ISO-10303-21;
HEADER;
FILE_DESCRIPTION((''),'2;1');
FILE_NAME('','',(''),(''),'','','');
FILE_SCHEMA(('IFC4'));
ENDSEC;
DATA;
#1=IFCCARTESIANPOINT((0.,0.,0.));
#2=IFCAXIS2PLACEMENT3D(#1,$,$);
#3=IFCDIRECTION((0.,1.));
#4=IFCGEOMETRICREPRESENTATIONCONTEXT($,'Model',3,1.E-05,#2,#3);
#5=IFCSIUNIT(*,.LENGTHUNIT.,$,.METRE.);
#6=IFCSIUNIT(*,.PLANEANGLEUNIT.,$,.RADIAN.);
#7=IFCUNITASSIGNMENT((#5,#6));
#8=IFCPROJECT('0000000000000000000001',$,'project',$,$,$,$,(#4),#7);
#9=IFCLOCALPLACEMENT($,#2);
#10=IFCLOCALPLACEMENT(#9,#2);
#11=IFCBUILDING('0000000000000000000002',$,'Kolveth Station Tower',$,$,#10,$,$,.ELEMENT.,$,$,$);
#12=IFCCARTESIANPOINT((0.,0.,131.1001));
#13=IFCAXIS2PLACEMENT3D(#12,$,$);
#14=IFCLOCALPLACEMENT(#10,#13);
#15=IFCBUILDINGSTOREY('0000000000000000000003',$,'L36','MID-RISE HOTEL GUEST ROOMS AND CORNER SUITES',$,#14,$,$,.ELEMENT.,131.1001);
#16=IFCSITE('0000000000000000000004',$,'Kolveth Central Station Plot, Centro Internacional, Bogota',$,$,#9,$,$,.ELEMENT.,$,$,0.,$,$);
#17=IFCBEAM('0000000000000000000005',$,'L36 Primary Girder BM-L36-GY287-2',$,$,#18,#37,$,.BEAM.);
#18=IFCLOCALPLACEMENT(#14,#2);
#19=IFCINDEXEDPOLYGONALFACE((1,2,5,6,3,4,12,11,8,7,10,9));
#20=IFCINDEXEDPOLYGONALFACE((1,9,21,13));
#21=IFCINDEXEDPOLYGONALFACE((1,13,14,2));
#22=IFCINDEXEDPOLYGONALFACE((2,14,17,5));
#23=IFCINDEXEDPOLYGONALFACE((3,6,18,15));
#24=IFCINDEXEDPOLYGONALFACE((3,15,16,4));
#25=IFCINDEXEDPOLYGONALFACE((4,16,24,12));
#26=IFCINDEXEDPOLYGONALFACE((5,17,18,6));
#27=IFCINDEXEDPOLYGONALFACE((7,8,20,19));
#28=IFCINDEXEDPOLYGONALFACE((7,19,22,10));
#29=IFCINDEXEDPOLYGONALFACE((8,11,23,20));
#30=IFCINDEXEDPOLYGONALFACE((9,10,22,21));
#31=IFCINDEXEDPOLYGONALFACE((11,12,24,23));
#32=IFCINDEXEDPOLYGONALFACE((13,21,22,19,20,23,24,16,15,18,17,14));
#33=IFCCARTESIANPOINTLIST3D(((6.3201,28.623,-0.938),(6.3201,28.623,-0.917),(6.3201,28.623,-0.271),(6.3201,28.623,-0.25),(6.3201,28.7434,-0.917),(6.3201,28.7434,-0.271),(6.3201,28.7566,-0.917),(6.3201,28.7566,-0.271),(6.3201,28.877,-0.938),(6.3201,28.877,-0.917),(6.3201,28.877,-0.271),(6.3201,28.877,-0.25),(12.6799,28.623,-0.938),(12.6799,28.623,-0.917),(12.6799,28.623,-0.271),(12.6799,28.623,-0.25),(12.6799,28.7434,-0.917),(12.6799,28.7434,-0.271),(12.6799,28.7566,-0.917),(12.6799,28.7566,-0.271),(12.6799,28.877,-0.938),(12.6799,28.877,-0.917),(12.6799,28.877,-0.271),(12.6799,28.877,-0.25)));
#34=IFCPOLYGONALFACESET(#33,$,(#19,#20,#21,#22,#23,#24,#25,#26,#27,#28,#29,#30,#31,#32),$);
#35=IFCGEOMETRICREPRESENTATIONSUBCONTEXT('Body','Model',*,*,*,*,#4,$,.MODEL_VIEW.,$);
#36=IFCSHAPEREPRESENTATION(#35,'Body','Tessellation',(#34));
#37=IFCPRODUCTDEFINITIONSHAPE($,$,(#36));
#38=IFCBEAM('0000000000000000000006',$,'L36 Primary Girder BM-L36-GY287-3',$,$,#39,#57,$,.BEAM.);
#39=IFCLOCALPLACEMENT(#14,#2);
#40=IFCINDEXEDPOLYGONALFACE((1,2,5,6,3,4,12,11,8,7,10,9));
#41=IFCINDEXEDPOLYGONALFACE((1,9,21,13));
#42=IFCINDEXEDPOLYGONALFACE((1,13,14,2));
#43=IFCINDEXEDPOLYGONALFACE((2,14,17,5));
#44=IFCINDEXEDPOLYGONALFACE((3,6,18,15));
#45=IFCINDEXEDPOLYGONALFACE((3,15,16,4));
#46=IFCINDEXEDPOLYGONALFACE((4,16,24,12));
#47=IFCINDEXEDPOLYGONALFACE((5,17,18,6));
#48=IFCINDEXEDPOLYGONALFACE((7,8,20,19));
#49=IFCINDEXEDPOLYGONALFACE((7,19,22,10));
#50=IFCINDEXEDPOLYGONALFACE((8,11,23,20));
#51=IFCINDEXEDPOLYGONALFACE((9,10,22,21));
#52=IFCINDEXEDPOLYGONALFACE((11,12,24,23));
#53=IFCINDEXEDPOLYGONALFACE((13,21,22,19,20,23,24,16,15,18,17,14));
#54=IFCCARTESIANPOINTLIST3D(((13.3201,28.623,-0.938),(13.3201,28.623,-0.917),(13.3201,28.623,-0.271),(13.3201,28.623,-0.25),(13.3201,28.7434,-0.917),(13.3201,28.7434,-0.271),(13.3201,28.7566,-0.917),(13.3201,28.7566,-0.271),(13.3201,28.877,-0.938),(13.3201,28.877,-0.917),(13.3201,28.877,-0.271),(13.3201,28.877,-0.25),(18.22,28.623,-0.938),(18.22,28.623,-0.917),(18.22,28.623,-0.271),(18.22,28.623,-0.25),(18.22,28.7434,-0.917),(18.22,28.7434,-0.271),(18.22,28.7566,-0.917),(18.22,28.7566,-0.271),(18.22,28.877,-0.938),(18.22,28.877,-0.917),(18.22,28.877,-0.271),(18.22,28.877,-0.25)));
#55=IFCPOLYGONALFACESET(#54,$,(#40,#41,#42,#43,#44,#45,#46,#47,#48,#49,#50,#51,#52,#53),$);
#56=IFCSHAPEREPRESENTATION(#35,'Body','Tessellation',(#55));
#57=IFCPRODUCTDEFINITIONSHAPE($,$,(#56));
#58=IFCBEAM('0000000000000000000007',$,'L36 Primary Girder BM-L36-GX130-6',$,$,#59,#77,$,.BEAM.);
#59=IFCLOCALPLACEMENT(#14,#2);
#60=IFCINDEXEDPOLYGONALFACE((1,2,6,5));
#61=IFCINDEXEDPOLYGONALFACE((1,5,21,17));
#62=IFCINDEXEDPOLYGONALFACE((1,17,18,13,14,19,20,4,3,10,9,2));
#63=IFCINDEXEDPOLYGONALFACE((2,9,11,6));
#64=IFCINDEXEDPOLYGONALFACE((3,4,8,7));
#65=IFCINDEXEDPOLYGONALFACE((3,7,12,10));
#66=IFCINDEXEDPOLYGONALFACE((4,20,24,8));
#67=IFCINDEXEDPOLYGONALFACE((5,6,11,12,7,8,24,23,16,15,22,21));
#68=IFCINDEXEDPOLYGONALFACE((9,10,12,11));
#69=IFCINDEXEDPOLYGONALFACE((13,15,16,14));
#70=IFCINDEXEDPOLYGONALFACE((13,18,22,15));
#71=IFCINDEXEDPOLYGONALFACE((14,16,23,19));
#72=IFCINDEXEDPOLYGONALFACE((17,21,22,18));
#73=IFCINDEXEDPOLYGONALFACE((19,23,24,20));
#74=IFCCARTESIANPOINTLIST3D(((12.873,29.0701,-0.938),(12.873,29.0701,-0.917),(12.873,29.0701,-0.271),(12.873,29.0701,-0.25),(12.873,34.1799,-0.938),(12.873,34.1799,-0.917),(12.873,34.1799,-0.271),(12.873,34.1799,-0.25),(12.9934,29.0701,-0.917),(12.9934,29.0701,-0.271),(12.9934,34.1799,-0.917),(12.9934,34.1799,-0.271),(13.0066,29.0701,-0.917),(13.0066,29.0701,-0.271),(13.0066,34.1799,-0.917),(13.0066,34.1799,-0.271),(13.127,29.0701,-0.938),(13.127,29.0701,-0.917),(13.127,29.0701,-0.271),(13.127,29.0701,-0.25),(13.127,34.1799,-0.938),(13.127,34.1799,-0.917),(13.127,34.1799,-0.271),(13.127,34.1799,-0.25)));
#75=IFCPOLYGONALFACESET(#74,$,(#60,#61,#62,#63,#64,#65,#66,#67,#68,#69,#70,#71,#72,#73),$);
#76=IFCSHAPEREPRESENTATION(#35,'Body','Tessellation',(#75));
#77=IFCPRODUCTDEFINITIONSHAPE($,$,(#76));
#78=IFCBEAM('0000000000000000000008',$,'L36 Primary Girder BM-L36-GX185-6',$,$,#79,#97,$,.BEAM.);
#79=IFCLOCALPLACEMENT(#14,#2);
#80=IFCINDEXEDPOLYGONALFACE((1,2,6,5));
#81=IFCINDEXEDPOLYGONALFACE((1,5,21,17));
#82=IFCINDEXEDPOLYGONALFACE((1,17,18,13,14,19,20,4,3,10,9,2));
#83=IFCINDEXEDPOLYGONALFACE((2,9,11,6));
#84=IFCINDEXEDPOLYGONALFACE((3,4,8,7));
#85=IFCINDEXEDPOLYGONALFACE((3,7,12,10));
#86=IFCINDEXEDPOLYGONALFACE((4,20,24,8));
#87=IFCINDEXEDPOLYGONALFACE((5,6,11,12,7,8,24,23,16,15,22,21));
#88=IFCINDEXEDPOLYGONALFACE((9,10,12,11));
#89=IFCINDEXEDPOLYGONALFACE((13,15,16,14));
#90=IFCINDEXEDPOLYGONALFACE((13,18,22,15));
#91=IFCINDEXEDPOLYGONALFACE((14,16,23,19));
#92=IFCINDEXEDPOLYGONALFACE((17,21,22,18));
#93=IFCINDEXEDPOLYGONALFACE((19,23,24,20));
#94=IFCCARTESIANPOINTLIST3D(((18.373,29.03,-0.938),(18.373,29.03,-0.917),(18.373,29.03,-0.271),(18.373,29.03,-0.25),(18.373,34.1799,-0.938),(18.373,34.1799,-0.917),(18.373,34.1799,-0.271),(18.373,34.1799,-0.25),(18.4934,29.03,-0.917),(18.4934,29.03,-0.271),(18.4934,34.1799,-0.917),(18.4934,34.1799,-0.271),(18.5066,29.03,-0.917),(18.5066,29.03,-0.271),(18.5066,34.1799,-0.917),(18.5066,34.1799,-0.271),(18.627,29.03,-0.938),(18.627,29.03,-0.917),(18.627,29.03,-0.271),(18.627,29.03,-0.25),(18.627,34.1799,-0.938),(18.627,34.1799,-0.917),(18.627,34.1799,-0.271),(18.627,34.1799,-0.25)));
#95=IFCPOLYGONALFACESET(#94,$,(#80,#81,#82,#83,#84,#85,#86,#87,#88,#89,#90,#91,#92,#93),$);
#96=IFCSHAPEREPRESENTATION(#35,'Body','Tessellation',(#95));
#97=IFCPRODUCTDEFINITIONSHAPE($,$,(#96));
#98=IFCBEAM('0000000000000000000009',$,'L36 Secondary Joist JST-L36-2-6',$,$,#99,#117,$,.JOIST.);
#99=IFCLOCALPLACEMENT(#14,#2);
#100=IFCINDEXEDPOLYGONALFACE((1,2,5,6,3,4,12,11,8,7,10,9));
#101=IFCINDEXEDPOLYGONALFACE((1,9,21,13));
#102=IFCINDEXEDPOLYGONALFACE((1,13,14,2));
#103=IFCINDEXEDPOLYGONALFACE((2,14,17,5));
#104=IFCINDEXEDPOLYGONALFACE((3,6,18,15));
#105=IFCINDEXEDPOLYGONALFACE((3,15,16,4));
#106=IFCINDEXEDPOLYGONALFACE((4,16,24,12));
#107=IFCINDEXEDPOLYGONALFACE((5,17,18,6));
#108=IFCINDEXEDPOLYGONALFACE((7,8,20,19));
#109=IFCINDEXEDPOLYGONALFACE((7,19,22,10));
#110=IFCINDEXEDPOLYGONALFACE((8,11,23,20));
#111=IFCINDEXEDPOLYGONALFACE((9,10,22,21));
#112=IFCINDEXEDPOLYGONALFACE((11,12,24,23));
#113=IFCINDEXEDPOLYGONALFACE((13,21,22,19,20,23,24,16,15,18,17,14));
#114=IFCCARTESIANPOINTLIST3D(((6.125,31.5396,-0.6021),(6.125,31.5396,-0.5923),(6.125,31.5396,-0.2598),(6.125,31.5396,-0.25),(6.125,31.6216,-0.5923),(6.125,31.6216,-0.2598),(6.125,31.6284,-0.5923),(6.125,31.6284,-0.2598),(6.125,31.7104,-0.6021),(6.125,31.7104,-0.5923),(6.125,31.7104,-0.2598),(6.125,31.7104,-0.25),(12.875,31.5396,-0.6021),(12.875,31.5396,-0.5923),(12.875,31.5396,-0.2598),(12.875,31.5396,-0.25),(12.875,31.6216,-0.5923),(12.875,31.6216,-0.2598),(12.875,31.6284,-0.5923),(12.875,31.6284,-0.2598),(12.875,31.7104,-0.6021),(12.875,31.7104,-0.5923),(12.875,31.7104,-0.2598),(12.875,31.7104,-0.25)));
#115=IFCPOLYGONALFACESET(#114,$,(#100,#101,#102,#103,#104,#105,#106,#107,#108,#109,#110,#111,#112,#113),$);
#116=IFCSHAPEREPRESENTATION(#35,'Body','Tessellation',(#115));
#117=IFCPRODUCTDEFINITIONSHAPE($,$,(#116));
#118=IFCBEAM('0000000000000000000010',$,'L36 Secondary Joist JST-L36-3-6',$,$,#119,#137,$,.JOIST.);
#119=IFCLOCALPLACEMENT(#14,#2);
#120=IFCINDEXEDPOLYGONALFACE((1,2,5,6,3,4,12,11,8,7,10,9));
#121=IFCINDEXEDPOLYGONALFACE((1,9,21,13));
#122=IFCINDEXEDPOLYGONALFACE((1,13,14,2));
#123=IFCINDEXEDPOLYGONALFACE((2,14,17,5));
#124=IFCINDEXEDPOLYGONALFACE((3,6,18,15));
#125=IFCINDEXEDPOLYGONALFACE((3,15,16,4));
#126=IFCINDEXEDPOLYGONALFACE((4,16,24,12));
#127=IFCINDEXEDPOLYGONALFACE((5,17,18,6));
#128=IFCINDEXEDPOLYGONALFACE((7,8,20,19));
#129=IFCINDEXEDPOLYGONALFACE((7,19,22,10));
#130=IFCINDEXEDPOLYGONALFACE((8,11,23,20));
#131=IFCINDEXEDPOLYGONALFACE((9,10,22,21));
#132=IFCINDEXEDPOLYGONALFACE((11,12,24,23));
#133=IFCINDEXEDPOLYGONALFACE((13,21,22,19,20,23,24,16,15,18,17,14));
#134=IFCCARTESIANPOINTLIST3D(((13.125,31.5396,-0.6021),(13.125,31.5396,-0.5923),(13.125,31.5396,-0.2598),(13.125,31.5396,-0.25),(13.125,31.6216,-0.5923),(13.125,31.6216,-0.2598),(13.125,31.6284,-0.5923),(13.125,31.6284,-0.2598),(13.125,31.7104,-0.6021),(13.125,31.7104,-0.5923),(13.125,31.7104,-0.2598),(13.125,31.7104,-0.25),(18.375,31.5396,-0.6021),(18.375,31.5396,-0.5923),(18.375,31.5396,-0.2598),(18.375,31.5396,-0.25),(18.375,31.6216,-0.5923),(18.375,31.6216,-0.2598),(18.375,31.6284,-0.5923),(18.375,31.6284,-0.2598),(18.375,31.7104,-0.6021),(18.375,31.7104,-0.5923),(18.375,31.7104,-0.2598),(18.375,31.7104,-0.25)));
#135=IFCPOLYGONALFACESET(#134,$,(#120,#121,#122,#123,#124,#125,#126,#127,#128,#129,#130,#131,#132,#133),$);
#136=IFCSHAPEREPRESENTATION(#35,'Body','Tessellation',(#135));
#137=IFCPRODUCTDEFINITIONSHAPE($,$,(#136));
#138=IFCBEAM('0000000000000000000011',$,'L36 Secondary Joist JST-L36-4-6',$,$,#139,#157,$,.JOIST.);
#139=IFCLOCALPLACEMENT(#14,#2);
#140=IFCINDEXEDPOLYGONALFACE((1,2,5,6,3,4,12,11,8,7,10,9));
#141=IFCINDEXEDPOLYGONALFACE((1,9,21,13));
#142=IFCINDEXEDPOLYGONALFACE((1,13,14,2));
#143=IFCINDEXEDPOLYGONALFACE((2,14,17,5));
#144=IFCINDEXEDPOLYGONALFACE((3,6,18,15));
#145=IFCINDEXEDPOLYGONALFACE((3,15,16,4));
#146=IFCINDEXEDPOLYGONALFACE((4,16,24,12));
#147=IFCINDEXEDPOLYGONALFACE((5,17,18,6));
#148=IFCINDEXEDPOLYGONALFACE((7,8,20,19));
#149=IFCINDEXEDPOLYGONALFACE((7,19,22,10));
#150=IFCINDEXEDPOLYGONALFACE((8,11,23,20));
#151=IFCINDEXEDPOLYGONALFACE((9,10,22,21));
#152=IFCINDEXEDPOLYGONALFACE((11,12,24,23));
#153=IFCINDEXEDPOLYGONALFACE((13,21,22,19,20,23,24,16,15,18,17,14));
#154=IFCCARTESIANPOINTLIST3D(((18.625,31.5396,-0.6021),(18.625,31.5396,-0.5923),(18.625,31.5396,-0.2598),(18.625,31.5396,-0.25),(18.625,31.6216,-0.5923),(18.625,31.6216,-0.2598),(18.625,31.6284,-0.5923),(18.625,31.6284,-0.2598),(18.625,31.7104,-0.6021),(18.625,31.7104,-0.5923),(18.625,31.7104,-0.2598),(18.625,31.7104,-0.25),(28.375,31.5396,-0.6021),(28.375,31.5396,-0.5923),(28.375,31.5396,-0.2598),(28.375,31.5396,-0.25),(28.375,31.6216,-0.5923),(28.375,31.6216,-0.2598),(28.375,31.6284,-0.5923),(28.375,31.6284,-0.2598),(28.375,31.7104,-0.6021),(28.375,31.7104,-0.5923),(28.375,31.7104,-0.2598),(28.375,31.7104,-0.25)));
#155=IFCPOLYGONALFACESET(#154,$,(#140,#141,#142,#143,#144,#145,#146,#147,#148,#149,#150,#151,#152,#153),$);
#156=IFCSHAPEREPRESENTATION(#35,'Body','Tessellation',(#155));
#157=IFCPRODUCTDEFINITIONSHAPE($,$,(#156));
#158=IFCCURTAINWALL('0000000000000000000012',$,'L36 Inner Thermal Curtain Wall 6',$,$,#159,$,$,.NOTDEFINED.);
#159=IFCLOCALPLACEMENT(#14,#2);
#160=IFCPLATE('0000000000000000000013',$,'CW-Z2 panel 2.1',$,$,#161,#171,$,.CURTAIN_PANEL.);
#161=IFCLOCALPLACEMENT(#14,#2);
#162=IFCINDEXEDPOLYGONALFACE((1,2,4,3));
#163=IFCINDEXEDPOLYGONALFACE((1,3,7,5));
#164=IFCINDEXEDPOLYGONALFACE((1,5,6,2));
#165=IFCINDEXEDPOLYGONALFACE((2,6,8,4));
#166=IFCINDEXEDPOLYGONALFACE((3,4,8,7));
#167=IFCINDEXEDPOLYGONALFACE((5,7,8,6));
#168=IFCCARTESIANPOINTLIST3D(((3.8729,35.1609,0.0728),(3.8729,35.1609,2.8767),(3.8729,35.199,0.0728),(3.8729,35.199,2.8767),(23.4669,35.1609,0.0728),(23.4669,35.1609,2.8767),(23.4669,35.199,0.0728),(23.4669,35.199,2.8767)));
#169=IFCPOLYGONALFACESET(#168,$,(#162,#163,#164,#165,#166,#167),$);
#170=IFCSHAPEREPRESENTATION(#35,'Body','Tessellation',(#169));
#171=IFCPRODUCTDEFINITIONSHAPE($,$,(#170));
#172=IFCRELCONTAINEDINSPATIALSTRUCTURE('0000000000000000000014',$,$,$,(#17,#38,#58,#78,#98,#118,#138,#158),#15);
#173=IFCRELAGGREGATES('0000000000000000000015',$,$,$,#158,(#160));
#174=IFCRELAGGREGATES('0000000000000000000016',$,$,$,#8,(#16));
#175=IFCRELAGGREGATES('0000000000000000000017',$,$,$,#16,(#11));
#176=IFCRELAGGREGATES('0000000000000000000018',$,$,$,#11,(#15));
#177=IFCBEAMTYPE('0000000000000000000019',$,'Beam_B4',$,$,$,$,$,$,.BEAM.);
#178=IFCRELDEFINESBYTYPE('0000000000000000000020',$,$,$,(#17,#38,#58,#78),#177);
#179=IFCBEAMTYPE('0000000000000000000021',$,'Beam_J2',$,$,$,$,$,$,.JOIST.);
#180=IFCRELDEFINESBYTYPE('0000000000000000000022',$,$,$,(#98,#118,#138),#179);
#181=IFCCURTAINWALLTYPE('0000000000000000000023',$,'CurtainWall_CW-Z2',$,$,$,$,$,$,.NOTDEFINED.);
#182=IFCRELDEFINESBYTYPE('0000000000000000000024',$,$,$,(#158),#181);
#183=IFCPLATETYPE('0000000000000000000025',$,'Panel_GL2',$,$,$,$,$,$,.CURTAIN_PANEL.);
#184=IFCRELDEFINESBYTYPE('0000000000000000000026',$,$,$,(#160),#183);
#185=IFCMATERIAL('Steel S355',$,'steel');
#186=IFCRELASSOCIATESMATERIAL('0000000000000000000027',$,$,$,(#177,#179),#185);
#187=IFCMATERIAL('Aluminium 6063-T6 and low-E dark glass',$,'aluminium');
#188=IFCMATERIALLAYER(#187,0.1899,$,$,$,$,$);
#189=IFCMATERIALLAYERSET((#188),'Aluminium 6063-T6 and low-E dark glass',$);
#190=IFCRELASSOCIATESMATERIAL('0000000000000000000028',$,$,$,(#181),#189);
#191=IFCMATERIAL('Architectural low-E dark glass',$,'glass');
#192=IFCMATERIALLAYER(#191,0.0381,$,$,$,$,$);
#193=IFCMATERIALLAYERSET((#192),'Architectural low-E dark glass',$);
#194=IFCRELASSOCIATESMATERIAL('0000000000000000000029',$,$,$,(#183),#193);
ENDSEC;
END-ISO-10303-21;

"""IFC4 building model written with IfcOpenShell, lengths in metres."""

from ifc_helpers import new_model, si_unit, direction, frame, origin, origin_2d, place, context, subcontext, project, spatial, rectangle, i_section, extrude, source, transform, mapped, material, layer, layer_set, material_profile, profile_set, type_object, element, aggregate, save


model = new_model("IFC4")

# Units and contexts
model_context = context("Model", 3, precision=1e-05, world=origin(), true_north=direction((0.0, 1.0)))
body_context = subcontext(model_context, "Body", "Model", "MODEL_VIEW")
ifc_project = project(units=[si_unit("LENGTHUNIT", "METRE"), si_unit("PLANEANGLEUNIT", "RADIAN")], contexts=[model_context])

# Site, building, storey
site_placement = place(None, origin())
site = spatial("IfcSite", under=ifc_project, at=site_placement, Name="Kolveth Central Station Plot, Centro Internacional, Bogota", CompositionType="ELEMENT", RefElevation=0.0)
building_placement = place(site_placement, origin())
building = spatial("IfcBuilding", under=site, at=building_placement, Name="Kolveth Station Tower", CompositionType="ELEMENT")
storey_placement = place(building_placement, frame((0.0, 0.0, 131.1001)))
storey = spatial("IfcBuildingStorey", under=building, at=storey_placement, Name="L36", Description="MID-RISE HOTEL GUEST ROOMS AND CORNER SUITES", CompositionType="ELEMENT", Elevation=131.1001)

# Shared definitions
ifc_material_1 = material(Name="Steel S355", Category="steel")

# Beams
ifc_material_profile_1 = material_profile(ifc_material_1, i_section(OverallWidth=0.2539, OverallDepth=0.688, WebThickness=0.0132, FlangeThickness=0.021, at=origin_2d()), Name="W690x152")
ifc_profile_set_1 = profile_set([ifc_material_profile_1], Name="Steel S355")
beam_type_1 = type_object("IfcBeamType", Name="Beam_B4", PredefinedType="BEAM", material=ifc_profile_set_1)
shared_shape_1 = source(origin(), body_context, "Body", "SweptSolid", [
    extrude(i_section(OverallWidth=0.2539, OverallDepth=0.688, WebThickness=0.0132, FlangeThickness=0.021, at=origin_2d()), origin(), (0.0, 0.0, 1.0), 6.3599),
])
beam_1_placement = place(storey_placement, frame((6.3201, 28.75, -0.594), z_axis=(1.0, 0.0, 0.0), x_axis=(0.0, 1.0, 0.0)))
element("IfcBeam", 1, at=beam_1_placement, inside=storey, type_object=beam_type_1, Name="L36 Primary Girder BM-L36-GY287-2", PredefinedType="BEAM", context=body_context, shape_type="MappedRepresentation", body=[
    mapped(shared_shape_1, transform((0.0, 0.0, 0.0), x_axis=(1.0, 0.0, 0.0), y_axis=(0.0, 1.0, 0.0), z_axis=(0.0, 0.0, 1.0), scale=1.0)),
])
shared_shape_2 = source(origin(), body_context, "Body", "SweptSolid", [
    extrude(i_section(OverallWidth=0.2539, OverallDepth=0.688, WebThickness=0.0132, FlangeThickness=0.021, at=origin_2d()), origin(), (0.0, 0.0, 1.0), 4.8999),
])
beam_2_placement = place(storey_placement, frame((13.3201, 28.75, -0.594), z_axis=(1.0, 0.0, 0.0), x_axis=(0.0, 1.0, 0.0)))
element("IfcBeam", 2, at=beam_2_placement, inside=storey, type_object=beam_type_1, Name="L36 Primary Girder BM-L36-GY287-3", PredefinedType="BEAM", context=body_context, shape_type="MappedRepresentation", body=[
    mapped(shared_shape_2, transform((0.0, 0.0, 0.0), x_axis=(1.0, 0.0, 0.0), y_axis=(0.0, 1.0, 0.0), z_axis=(0.0, 0.0, 1.0), scale=1.0)),
])
shared_shape_3 = source(origin(), body_context, "Body", "SweptSolid", [
    extrude(i_section(OverallWidth=0.2539, OverallDepth=0.688, WebThickness=0.0132, FlangeThickness=0.021, at=origin_2d()), origin(), (0.0, 0.0, 1.0), 5.1099),
])
beam_3_placement = place(storey_placement, frame((13.0, 29.0701, -0.594), z_axis=(0.0, 1.0, 0.0), x_axis=(-1.0, 0.0, 0.0)))
element("IfcBeam", 3, at=beam_3_placement, inside=storey, type_object=beam_type_1, Name="L36 Primary Girder BM-L36-GX130-6", PredefinedType="BEAM", context=body_context, shape_type="MappedRepresentation", body=[
    mapped(shared_shape_3, transform((0.0, 0.0, 0.0), x_axis=(1.0, 0.0, 0.0), y_axis=(0.0, 1.0, 0.0), z_axis=(0.0, 0.0, 1.0), scale=1.0)),
])
shared_shape_4 = source(origin(), body_context, "Body", "SweptSolid", [
    extrude(i_section(OverallWidth=0.2539, OverallDepth=0.688, WebThickness=0.0132, FlangeThickness=0.021, at=origin_2d()), origin(), (0.0, 0.0, 1.0), 5.1499),
])
beam_4_placement = place(storey_placement, frame((18.5, 29.03, -0.594), z_axis=(0.0, 1.0, 0.0), x_axis=(-1.0, 0.0, 0.0)))
element("IfcBeam", 4, at=beam_4_placement, inside=storey, type_object=beam_type_1, Name="L36 Primary Girder BM-L36-GX185-6", PredefinedType="BEAM", context=body_context, shape_type="MappedRepresentation", body=[
    mapped(shared_shape_4, transform((0.0, 0.0, 0.0), x_axis=(1.0, 0.0, 0.0), y_axis=(0.0, 1.0, 0.0), z_axis=(0.0, 0.0, 1.0), scale=1.0)),
])
ifc_material_profile_2 = material_profile(ifc_material_1, i_section(OverallWidth=0.1709, OverallDepth=0.3521, WebThickness=0.0068, FlangeThickness=0.0098, at=origin_2d()), Name="W360x44")
ifc_profile_set_2 = profile_set([ifc_material_profile_2], Name="Steel S355")
beam_type_2 = type_object("IfcBeamType", Name="Beam_J2", PredefinedType="JOIST", material=ifc_profile_set_2)
shared_shape_5 = source(origin(), body_context, "Body", "SweptSolid", [
    extrude(i_section(OverallWidth=0.1709, OverallDepth=0.3521, WebThickness=0.0068, FlangeThickness=0.0098, at=origin_2d()), origin(), (0.0, 0.0, 1.0), 6.75),
])
beam_5_placement = place(storey_placement, frame((6.125, 31.625, -0.426), z_axis=(1.0, 0.0, 0.0), x_axis=(0.0, 1.0, 0.0)))
element("IfcBeam", 5, at=beam_5_placement, inside=storey, type_object=beam_type_2, Name="L36 Secondary Joist JST-L36-2-6", PredefinedType="JOIST", context=body_context, shape_type="MappedRepresentation", body=[
    mapped(shared_shape_5, transform((0.0, 0.0, 0.0), x_axis=(1.0, 0.0, 0.0), y_axis=(0.0, 1.0, 0.0), z_axis=(0.0, 0.0, 1.0), scale=1.0)),
])
shared_shape_6 = source(origin(), body_context, "Body", "SweptSolid", [
    extrude(i_section(OverallWidth=0.1709, OverallDepth=0.3521, WebThickness=0.0068, FlangeThickness=0.0098, at=origin_2d()), origin(), (0.0, 0.0, 1.0), 5.25),
])
beam_6_placement = place(storey_placement, frame((13.125, 31.625, -0.426), z_axis=(1.0, 0.0, 0.0), x_axis=(0.0, 1.0, 0.0)))
element("IfcBeam", 6, at=beam_6_placement, inside=storey, type_object=beam_type_2, Name="L36 Secondary Joist JST-L36-3-6", PredefinedType="JOIST", context=body_context, shape_type="MappedRepresentation", body=[
    mapped(shared_shape_6, transform((0.0, 0.0, 0.0), x_axis=(1.0, 0.0, 0.0), y_axis=(0.0, 1.0, 0.0), z_axis=(0.0, 0.0, 1.0), scale=1.0)),
])
shared_shape_7 = source(origin(), body_context, "Body", "SweptSolid", [
    extrude(i_section(OverallWidth=0.1709, OverallDepth=0.3521, WebThickness=0.0068, FlangeThickness=0.0098, at=origin_2d()), origin(), (0.0, 0.0, 1.0), 9.75),
])
beam_7_placement = place(storey_placement, frame((18.625, 31.625, -0.426), z_axis=(1.0, 0.0, 0.0), x_axis=(0.0, 1.0, 0.0)))
element("IfcBeam", 7, at=beam_7_placement, inside=storey, type_object=beam_type_2, Name="L36 Secondary Joist JST-L36-4-6", PredefinedType="JOIST", context=body_context, shape_type="MappedRepresentation", body=[
    mapped(shared_shape_7, transform((0.0, 0.0, 0.0), x_axis=(1.0, 0.0, 0.0), y_axis=(0.0, 1.0, 0.0), z_axis=(0.0, 0.0, 1.0), scale=1.0)),
])

# Curtain wall, plate
ifc_material_2 = material(Name="Aluminium 6063-T6 and low-E dark glass", Category="aluminium")
ifc_layer_1 = layer(ifc_material_2, 0.1899)
ifc_layer_set_1 = layer_set([ifc_layer_1], Name="Aluminium 6063-T6 and low-E dark glass")
curtain_wall_type = type_object("IfcCurtainWallType", Name="CurtainWall_CW-Z2", PredefinedType="NOTDEFINED", material=ifc_layer_set_1)
curtain_wall_placement = place(storey_placement, origin())
curtain_wall = element("IfcCurtainWall", 8, at=curtain_wall_placement, inside=storey, type_object=curtain_wall_type, Name="L36 Inner Thermal Curtain Wall 6", PredefinedType="NOTDEFINED")
ifc_material_3 = material(Name="Architectural low-E dark glass", Category="glass")
ifc_layer_2 = layer(ifc_material_3, 0.0381)
ifc_layer_set_2 = layer_set([ifc_layer_2], Name="Architectural low-E dark glass")
plate_type = type_object("IfcPlateType", Name="Panel_GL2", PredefinedType="CURTAIN_PANEL", material=ifc_layer_set_2)
shared_shape_8 = source(origin(), body_context, "Body", "SweptSolid", [
    extrude(rectangle(XDim=19.594, YDim=0.0381, at=origin_2d()), origin(), (0.0, 0.0, 1.0), 2.804),
])
plate_placement = place(storey_placement, frame((13.6699, 35.1799, 0.0728), z_axis=(0.0, 0.0, 1.0), x_axis=(-1.0, 0.0, 0.0)))
plate = element("IfcPlate", 9, at=plate_placement, type_object=plate_type, Name="CW-Z2 panel 2.1", PredefinedType="CURTAIN_PANEL", context=body_context, shape_type="MappedRepresentation", body=[
    mapped(shared_shape_8, transform((0.0, 0.0, 0.0), x_axis=(1.0, 0.0, 0.0), y_axis=(0.0, 1.0, 0.0), z_axis=(0.0, 0.0, 1.0), scale=1.0)),
])
aggregate(curtain_wall, [plate])

save(model, "model.ifc")
